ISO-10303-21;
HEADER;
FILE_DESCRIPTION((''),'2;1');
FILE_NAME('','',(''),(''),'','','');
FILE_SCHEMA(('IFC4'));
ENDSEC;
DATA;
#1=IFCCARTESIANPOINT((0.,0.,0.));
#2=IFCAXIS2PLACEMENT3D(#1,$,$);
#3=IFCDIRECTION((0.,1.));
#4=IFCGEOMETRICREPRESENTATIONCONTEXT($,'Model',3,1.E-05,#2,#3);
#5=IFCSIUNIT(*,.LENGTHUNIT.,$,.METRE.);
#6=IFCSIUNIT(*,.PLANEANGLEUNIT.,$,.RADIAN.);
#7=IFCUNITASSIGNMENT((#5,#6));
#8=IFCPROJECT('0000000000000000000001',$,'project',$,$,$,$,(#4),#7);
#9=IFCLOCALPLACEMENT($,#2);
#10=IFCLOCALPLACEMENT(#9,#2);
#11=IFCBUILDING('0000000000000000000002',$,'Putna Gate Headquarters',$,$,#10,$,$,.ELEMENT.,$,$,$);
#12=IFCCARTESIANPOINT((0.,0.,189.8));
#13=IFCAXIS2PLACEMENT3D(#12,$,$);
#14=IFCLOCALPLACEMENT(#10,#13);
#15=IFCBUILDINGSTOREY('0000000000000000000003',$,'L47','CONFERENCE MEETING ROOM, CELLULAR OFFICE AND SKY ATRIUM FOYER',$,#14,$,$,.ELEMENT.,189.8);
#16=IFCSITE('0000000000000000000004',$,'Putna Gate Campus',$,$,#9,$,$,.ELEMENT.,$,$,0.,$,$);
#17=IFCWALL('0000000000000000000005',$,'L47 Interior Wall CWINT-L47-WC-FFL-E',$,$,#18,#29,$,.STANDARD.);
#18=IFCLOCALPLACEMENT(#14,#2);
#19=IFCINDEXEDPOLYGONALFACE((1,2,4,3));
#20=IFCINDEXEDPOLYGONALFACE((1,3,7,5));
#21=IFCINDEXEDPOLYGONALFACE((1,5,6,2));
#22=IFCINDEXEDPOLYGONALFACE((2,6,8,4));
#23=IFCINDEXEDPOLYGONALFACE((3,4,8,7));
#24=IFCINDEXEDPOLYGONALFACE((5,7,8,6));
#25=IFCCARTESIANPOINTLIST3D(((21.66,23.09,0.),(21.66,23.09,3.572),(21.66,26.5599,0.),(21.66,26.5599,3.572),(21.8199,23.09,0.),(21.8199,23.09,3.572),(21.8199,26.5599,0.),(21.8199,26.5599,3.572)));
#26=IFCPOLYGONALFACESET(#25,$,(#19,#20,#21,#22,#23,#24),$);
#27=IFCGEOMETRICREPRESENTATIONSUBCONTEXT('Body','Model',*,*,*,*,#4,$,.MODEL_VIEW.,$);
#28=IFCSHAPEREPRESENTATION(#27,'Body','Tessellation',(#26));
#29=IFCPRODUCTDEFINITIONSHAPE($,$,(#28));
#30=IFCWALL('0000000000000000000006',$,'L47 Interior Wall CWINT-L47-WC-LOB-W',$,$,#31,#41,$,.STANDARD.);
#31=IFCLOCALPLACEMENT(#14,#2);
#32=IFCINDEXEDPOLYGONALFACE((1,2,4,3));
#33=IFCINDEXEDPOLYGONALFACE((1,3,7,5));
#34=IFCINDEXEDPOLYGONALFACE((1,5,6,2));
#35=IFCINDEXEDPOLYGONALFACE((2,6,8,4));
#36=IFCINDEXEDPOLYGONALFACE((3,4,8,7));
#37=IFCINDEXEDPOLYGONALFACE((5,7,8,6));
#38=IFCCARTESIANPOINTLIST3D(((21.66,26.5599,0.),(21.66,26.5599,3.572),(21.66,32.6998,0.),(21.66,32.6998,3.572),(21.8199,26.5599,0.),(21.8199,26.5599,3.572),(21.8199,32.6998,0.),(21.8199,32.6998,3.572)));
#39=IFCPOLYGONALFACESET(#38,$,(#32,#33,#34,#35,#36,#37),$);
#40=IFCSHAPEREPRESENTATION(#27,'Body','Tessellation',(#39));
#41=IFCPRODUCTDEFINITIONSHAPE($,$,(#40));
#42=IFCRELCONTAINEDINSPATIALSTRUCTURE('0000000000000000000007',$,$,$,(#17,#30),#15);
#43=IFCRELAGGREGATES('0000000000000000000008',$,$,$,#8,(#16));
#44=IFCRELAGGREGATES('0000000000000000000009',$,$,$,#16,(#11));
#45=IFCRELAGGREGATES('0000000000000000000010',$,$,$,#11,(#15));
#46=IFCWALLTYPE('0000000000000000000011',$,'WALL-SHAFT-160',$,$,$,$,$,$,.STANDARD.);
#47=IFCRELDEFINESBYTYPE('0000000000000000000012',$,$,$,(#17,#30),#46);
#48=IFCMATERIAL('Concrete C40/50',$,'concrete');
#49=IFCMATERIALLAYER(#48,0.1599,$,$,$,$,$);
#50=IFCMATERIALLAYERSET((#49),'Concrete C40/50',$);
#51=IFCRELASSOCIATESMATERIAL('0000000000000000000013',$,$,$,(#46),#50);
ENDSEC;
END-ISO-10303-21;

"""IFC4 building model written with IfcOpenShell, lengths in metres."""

from ifc_helpers import new_model, si_unit, direction, frame, frame_2d, origin, place, context, subcontext, project, spatial, rectangle, extrude, material, layer, layer_set, type_object, element, save


model = new_model("IFC4")

# Units and contexts
model_context = context("Model", 3, precision=1e-05, world=origin(), true_north=direction((0.0, 1.0)))
body_context = subcontext(model_context, "Body", "Model", "MODEL_VIEW")
ifc_project = project(units=[si_unit("LENGTHUNIT", "METRE"), si_unit("PLANEANGLEUNIT", "RADIAN")], contexts=[model_context])

# Site, building, storey
site_placement = place(None, origin())
site = spatial("IfcSite", under=ifc_project, at=site_placement, Name="Putna Gate Campus", CompositionType="ELEMENT", RefElevation=0.0)
building_placement = place(site_placement, origin())
building = spatial("IfcBuilding", under=site, at=building_placement, Name="Putna Gate Headquarters", CompositionType="ELEMENT")
storey_placement = place(building_placement, frame((0.0, 0.0, 189.8)))
storey = spatial("IfcBuildingStorey", under=building, at=storey_placement, Name="L47", Description="CONFERENCE MEETING ROOM, CELLULAR OFFICE AND SKY ATRIUM FOYER", CompositionType="ELEMENT", Elevation=189.8)

# Walls
ifc_material_1 = material(Name="Concrete C40/50", Category="concrete")
ifc_layer_1 = layer(ifc_material_1, 0.1599)
ifc_layer_set_1 = layer_set([ifc_layer_1], Name="Concrete C40/50")
wall_type_1 = type_object("IfcWallType", Name="WALL-SHAFT-160", PredefinedType="STANDARD", material=ifc_layer_set_1)
wall_1_placement = place(storey_placement, frame((21.74, 23.0901, 0.0), z_axis=(0.0, 0.0, 1.0), x_axis=(0.0, 1.0, 0.0)))
element("IfcWall", 1, at=wall_1_placement, inside=storey, type_object=wall_type_1, Name="L47 Interior Wall CWINT-L47-WC-FFL-E", PredefinedType="STANDARD", context=body_context, shape_type="SweptSolid", body=[
    extrude(rectangle(XDim=3.47, YDim=0.1599, at=frame_2d((1.7349, 0.0))), origin(), (0.0, 0.0, 1.0), 3.572),
])
wall_2_placement = place(storey_placement, frame((21.74, 26.5601, 0.0), z_axis=(0.0, 0.0, 1.0), x_axis=(0.0, 1.0, 0.0)))
element("IfcWall", 2, at=wall_2_placement, inside=storey, type_object=wall_type_1, Name="L47 Interior Wall CWINT-L47-WC-LOB-W", PredefinedType="STANDARD", context=body_context, shape_type="SweptSolid", body=[
    extrude(rectangle(XDim=6.1399, YDim=0.1599, at=frame_2d((3.0698, 0.0))), origin(), (0.0, 0.0, 1.0), 3.572),
])

save(model, "model.ifc")
